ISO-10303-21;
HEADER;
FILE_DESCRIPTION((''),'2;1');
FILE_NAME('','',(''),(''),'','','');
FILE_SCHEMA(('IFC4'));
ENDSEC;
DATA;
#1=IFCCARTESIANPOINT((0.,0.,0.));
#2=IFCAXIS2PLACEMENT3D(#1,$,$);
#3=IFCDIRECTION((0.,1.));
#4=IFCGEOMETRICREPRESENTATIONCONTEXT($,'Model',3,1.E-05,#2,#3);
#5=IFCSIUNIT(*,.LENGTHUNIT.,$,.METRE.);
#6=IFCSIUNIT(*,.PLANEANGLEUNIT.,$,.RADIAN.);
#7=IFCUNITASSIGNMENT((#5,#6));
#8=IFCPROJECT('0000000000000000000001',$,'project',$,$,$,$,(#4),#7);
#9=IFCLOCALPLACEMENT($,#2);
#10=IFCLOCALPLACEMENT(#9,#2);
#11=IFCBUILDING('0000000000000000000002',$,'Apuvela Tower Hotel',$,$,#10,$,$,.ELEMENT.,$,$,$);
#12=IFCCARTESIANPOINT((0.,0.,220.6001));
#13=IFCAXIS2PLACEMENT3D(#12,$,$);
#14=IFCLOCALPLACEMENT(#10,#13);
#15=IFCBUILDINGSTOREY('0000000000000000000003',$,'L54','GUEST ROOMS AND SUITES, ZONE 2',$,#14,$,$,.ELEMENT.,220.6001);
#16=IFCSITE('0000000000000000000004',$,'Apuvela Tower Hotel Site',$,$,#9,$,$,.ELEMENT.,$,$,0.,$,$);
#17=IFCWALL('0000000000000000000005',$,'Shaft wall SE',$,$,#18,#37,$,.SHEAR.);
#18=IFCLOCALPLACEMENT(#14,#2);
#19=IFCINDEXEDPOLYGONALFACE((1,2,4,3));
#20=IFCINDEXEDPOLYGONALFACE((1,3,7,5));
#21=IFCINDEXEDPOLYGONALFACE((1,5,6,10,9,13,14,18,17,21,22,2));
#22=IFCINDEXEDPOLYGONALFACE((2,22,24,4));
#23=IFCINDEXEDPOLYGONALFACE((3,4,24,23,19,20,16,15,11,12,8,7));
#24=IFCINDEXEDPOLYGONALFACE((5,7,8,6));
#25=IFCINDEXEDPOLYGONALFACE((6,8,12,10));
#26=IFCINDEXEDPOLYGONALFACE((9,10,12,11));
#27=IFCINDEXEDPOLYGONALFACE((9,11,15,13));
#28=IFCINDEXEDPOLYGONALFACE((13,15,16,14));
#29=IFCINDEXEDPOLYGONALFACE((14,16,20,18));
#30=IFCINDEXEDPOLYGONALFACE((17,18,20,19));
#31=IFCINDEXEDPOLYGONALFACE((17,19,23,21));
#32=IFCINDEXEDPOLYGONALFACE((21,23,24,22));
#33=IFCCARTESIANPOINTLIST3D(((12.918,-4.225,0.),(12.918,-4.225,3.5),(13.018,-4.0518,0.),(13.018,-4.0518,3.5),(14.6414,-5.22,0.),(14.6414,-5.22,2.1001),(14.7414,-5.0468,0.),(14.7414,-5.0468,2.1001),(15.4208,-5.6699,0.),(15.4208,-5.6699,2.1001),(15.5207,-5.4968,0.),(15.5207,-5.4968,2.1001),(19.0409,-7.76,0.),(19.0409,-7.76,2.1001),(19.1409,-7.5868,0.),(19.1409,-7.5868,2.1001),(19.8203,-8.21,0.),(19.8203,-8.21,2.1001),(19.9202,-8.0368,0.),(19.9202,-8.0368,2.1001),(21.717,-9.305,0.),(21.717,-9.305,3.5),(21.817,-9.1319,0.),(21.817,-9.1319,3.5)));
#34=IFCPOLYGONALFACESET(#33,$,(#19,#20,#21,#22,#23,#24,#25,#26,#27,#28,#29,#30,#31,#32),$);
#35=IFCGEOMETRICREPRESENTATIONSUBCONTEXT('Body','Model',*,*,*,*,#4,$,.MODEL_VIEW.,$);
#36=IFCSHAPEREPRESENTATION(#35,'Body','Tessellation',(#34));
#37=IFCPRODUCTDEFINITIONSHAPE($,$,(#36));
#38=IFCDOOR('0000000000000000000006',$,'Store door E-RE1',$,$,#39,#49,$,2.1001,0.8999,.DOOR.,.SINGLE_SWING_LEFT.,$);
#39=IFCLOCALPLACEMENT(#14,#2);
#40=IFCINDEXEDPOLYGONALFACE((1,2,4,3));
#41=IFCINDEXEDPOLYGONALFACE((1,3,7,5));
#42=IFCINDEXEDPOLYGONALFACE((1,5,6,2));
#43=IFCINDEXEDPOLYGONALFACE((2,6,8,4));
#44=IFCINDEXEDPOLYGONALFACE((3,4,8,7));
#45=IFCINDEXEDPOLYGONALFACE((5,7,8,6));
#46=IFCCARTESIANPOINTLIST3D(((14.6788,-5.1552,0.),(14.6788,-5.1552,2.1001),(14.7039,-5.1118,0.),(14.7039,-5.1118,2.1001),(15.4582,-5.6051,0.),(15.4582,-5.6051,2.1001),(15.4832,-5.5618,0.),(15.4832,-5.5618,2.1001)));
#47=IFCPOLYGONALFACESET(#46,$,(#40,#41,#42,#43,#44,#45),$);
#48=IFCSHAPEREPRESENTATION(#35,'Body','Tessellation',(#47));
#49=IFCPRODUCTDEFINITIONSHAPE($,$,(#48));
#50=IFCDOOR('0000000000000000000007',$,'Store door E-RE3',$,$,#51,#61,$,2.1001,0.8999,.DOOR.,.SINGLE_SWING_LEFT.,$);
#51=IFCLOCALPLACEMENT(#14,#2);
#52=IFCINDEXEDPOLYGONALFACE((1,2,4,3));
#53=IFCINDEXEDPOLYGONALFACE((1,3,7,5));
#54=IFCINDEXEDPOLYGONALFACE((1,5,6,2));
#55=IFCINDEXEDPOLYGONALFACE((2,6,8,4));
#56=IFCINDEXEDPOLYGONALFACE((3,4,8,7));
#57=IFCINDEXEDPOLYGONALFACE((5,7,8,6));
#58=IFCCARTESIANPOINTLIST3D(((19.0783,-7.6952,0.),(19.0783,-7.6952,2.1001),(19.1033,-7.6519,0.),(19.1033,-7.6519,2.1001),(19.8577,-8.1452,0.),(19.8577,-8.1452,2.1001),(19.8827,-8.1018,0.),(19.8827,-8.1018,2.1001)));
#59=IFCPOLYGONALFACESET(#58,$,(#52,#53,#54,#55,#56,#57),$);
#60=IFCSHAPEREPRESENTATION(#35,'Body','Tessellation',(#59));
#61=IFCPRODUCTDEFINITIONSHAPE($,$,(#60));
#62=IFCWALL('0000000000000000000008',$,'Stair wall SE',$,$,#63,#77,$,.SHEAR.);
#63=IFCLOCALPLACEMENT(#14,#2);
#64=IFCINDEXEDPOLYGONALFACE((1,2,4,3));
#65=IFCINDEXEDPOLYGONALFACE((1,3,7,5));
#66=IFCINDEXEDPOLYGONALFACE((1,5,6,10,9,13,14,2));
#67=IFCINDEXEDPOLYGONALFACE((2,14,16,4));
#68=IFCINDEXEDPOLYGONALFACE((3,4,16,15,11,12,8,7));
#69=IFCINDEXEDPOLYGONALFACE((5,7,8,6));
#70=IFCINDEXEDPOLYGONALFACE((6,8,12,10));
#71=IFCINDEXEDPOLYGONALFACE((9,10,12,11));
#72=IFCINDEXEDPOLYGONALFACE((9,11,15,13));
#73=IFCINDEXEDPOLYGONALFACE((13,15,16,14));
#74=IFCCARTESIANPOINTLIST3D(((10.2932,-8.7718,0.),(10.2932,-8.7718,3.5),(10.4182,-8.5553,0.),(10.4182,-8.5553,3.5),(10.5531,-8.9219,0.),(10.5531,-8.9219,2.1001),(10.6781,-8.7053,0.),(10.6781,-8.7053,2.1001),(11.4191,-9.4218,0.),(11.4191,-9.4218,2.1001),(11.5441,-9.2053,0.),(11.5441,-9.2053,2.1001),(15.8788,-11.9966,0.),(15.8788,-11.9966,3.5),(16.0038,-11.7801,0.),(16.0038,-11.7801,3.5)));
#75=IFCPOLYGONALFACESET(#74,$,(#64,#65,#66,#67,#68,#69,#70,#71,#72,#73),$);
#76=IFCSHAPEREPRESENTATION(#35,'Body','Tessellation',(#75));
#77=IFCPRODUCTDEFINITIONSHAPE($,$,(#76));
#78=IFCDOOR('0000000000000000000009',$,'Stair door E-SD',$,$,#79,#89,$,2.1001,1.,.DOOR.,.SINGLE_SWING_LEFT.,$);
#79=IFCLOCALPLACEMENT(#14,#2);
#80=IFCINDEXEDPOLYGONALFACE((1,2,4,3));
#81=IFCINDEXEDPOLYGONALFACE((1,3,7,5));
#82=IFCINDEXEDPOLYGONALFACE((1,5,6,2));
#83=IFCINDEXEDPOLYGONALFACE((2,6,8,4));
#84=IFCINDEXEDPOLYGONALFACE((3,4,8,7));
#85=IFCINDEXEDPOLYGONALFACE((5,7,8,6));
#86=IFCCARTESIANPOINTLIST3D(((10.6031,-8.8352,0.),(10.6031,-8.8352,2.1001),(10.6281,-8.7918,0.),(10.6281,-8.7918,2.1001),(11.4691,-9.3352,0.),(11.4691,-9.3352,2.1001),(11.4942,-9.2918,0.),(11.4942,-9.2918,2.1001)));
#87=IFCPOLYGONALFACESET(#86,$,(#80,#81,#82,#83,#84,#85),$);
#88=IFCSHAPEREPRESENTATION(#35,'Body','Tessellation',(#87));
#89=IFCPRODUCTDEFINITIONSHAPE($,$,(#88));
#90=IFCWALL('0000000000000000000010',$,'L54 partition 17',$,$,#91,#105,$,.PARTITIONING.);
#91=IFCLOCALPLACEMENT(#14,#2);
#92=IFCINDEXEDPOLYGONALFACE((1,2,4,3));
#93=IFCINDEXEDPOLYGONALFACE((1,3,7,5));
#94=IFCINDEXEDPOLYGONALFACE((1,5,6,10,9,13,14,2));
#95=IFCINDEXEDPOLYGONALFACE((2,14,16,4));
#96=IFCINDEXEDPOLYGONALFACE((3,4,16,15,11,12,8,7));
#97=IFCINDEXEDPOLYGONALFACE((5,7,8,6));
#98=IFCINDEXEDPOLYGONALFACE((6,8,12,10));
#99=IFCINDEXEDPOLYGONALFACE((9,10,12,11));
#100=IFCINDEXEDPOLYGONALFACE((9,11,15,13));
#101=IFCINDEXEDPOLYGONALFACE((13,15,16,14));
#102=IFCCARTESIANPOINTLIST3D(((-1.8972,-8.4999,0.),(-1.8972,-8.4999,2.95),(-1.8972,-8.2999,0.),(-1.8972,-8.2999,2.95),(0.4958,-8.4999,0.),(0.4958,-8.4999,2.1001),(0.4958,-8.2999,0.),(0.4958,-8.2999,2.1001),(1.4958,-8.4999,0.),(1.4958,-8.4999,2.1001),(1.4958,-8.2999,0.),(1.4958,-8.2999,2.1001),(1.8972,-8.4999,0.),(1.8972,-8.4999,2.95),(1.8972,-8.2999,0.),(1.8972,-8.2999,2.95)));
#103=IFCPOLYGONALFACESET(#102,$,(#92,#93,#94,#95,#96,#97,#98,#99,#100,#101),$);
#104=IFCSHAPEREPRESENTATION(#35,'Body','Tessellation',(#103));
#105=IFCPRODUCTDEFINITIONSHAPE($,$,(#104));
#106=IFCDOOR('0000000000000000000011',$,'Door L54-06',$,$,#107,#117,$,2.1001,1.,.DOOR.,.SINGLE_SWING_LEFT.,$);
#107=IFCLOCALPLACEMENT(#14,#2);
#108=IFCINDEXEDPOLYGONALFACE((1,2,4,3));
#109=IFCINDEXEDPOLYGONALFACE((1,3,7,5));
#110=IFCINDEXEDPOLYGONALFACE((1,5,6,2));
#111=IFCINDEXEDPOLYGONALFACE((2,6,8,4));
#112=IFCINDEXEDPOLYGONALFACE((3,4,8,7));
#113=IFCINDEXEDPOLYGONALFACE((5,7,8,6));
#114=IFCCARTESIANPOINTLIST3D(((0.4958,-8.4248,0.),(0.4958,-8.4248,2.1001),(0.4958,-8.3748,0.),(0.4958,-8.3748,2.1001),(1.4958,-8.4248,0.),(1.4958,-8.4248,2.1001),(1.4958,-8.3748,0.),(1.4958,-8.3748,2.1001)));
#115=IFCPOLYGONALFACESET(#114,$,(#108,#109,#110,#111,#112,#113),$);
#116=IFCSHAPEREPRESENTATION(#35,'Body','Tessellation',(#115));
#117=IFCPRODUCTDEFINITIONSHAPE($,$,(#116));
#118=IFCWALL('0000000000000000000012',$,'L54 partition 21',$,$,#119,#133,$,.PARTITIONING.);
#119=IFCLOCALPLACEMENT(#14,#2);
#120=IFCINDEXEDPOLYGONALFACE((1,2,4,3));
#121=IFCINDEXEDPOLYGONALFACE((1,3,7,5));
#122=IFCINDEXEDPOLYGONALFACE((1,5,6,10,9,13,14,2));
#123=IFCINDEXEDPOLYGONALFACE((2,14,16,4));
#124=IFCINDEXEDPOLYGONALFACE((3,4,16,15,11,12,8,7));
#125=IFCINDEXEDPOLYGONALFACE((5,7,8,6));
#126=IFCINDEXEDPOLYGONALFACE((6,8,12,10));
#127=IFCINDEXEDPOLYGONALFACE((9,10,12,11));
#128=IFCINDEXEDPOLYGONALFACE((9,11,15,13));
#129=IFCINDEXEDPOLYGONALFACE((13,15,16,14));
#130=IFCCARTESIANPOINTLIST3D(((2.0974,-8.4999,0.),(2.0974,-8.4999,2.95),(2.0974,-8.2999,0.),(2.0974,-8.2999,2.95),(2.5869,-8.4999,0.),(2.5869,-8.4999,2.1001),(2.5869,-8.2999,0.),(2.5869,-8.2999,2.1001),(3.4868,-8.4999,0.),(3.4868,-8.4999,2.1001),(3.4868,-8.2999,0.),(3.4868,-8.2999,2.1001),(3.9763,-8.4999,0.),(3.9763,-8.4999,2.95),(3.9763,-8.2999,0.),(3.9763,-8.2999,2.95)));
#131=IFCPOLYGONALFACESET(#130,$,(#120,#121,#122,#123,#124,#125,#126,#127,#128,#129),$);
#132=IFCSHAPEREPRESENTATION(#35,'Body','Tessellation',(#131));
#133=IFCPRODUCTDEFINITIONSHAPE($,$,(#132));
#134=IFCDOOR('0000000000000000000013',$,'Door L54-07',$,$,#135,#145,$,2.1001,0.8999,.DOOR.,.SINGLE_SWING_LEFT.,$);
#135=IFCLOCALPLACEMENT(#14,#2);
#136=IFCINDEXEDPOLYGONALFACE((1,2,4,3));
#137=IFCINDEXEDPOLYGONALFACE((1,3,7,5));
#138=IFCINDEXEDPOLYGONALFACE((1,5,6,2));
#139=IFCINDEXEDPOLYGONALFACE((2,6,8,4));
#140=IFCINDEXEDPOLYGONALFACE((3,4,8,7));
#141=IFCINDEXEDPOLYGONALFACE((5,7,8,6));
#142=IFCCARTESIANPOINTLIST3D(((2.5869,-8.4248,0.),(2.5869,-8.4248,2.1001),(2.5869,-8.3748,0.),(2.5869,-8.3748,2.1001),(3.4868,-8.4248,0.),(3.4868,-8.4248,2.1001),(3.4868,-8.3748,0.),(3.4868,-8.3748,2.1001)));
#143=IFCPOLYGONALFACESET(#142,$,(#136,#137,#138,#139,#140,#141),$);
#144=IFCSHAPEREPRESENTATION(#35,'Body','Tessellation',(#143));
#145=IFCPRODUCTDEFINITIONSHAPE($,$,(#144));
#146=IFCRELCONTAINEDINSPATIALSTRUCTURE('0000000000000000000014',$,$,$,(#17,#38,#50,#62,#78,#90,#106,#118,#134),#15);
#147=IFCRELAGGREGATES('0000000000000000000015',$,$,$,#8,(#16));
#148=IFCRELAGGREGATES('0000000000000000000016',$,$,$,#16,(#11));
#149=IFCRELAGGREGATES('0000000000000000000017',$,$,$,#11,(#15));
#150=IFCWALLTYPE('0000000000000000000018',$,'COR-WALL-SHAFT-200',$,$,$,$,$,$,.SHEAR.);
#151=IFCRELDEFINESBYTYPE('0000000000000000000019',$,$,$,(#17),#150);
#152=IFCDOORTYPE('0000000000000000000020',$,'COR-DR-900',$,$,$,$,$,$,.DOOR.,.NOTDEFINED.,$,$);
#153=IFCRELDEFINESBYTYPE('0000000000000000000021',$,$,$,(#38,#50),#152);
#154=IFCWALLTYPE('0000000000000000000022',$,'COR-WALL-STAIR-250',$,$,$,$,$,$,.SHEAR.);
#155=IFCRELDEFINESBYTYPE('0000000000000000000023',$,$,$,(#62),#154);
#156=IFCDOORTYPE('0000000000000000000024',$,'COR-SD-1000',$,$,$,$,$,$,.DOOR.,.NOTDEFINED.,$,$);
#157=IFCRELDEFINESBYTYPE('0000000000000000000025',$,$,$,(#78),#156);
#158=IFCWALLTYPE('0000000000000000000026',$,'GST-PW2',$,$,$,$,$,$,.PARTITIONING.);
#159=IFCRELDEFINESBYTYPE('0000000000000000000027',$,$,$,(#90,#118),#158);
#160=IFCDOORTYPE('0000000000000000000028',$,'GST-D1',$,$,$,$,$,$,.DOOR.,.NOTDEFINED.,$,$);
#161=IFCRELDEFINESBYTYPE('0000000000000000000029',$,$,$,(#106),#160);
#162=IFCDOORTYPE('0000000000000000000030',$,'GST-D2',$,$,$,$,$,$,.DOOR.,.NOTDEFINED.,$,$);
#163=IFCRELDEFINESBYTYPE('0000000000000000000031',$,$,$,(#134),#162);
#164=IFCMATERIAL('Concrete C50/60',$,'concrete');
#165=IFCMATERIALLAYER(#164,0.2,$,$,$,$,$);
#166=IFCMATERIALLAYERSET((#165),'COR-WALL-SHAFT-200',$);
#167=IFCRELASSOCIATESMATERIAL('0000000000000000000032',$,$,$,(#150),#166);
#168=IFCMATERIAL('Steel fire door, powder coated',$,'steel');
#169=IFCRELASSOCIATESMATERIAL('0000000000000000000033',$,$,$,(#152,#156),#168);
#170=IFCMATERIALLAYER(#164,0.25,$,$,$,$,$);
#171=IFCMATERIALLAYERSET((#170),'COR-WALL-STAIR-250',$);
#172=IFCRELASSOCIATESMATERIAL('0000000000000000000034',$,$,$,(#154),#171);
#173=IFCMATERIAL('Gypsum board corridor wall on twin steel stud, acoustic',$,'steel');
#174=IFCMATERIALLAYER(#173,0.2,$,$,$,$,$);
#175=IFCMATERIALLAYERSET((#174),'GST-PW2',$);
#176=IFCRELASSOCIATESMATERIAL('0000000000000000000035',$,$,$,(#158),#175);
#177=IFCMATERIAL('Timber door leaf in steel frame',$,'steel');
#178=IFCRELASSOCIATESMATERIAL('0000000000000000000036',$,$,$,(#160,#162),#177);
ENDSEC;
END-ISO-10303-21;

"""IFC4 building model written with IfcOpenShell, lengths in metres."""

from ifc_helpers import new_model, si_unit, direction, frame, frame_2d, origin, place, context, subcontext, project, spatial, rectangle, extrude, material, layer, layer_set, type_object, element, fill, save


model = new_model("IFC4")

# Units and contexts
model_context = context("Model", 3, precision=1e-05, world=origin(), true_north=direction((0.0, 1.0)))
body_context = subcontext(model_context, "Body", "Model", "MODEL_VIEW")
ifc_project = project(units=[si_unit("LENGTHUNIT", "METRE"), si_unit("PLANEANGLEUNIT", "RADIAN")], contexts=[model_context])

# Site, building, storey
site_placement = place(None, origin())
site = spatial("IfcSite", under=ifc_project, at=site_placement, Name="Apuvela Tower Hotel Site", CompositionType="ELEMENT", RefElevation=0.0)
building_placement = place(site_placement, origin())
building = spatial("IfcBuilding", under=site, at=building_placement, Name="Apuvela Tower Hotel", CompositionType="ELEMENT")
storey_placement = place(building_placement, frame((0.0, 0.0, 220.6001)))
storey = spatial("IfcBuildingStorey", under=building, at=storey_placement, Name="L54", Description="GUEST ROOMS AND SUITES, ZONE 2", CompositionType="ELEMENT", Elevation=220.6001)

# Shared definitions
ifc_material_1 = material(Name="Concrete C50/60", Category="concrete")
ifc_material_2 = material(Name="Steel fire door, powder coated", Category="steel")

# Shared definitions
ifc_layer_1 = layer(ifc_material_1, 0.2)
ifc_layer_set_1 = layer_set([ifc_layer_1], Name="COR-WALL-SHAFT-200")
wall_type_1 = type_object("IfcWallType", Name="COR-WALL-SHAFT-200", PredefinedType="SHEAR", material=ifc_layer_set_1)

# Wall, openings, doors
wall_1_placement = place(storey_placement, frame((12.968, -4.1384, 0.0), z_axis=(0.0, 0.0, 1.0), x_axis=(0.866028, -0.499995, 0.0)))
wall_1 = element("IfcWall", 1, at=wall_1_placement, inside=storey, type_object=wall_type_1, Name="Shaft wall SE", PredefinedType="SHEAR", context=body_context, shape_type="SweptSolid", body=[
    extrude(rectangle(XDim=10.1602, YDim=0.2, at=frame_2d((5.0801, 0.0))), origin(), (0.0, 0.0, 1.0), 3.5),
])
opening_1_placement = place(wall_1_placement, frame((1.99, 0.0, 0.0)))
opening_1 = element("IfcOpeningElement", 2, at=opening_1_placement, cuts=wall_1, PredefinedType="OPENING", context=body_context, shape_type="SweptSolid", body=[
    extrude(rectangle(XDim=0.8999, YDim=2.1001, at=frame_2d((0.45, 1.05))), frame((0.0, 0.1099, 0.0), z_axis=(0.0, -1.0, 0.0), x_axis=(1.0, 0.0, 0.0)), (0.0, 0.0, 1.0), 0.22),
])
opening_2_placement = place(wall_1_placement, frame((7.0701, 0.0, 0.0)))
opening_2 = element("IfcOpeningElement", 3, at=opening_2_placement, cuts=wall_1, PredefinedType="OPENING", context=body_context, shape_type="SweptSolid", body=[
    extrude(rectangle(XDim=0.8999, YDim=2.1001, at=frame_2d((0.45, 1.05))), frame((0.0, 0.1099, 0.0), z_axis=(0.0, -1.0, 0.0), x_axis=(1.0, 0.0, 0.0)), (0.0, 0.0, 1.0), 0.22),
])
door_type_1 = type_object("IfcDoorType", Name="COR-DR-900", OperationType="NOTDEFINED", PredefinedType="DOOR", material=ifc_material_2)
door_1_placement = place(opening_1_placement, origin())
door_1 = element("IfcDoor", 4, at=door_1_placement, inside=storey, type_object=door_type_1, Name="Store door E-RE1", OperationType="SINGLE_SWING_LEFT", OverallHeight=2.1001, OverallWidth=0.8999, PredefinedType="DOOR", context=body_context, shape_type="SweptSolid", body=[
    extrude(rectangle(XDim=0.8999, YDim=2.1001, at=frame_2d((0.45, 1.05))), frame((0.0, 0.0249, 0.0), z_axis=(0.0, -1.0, 0.0), x_axis=(1.0, 0.0, 0.0)), (0.0, 0.0, 1.0), 0.05),
])
fill(opening_1, door_1)
door_2_placement = place(opening_2_placement, origin())
door_2 = element("IfcDoor", 5, at=door_2_placement, inside=storey, type_object=door_type_1, Name="Store door E-RE3", OperationType="SINGLE_SWING_LEFT", OverallHeight=2.1001, OverallWidth=0.8999, PredefinedType="DOOR", context=body_context, shape_type="SweptSolid", body=[
    extrude(rectangle(XDim=0.8999, YDim=2.1001, at=frame_2d((0.45, 1.05))), frame((0.0, 0.0249, 0.0), z_axis=(0.0, -1.0, 0.0), x_axis=(1.0, 0.0, 0.0)), (0.0, 0.0, 1.0), 0.05),
])
fill(opening_2, door_2)

# Walls, openings, doors
ifc_layer_2 = layer(ifc_material_1, 0.25)
ifc_layer_set_2 = layer_set([ifc_layer_2], Name="COR-WALL-STAIR-250")
wall_type_2 = type_object("IfcWallType", Name="COR-WALL-STAIR-250", PredefinedType="SHEAR", material=ifc_layer_set_2)
wall_2_placement = place(storey_placement, frame((10.3557, -8.6636, 0.0), z_axis=(0.0, 0.0, 1.0), x_axis=(0.866029, -0.499994, 0.0)))
wall_2 = element("IfcWall", 6, at=wall_2_placement, inside=storey, type_object=wall_type_2, Name="Stair wall SE", PredefinedType="SHEAR", context=body_context, shape_type="SweptSolid", body=[
    extrude(rectangle(XDim=6.4497, YDim=0.25, at=frame_2d((3.2249, 0.0))), origin(), (0.0, 0.0, 1.0), 3.5),
])
opening_3_placement = place(wall_2_placement, frame((0.3, 0.0, 0.0)))
opening_3 = element("IfcOpeningElement", 7, at=opening_3_placement, cuts=wall_2, PredefinedType="OPENING", context=body_context, shape_type="SweptSolid", body=[
    extrude(rectangle(XDim=1.0, YDim=2.1001, at=frame_2d((0.5, 1.05))), frame((0.0, 0.135, 0.0), z_axis=(0.0, -1.0, 0.0), x_axis=(1.0, 0.0, 0.0)), (0.0, 0.0, 1.0), 0.27),
])
door_type_2 = type_object("IfcDoorType", Name="COR-SD-1000", OperationType="NOTDEFINED", PredefinedType="DOOR", material=ifc_material_2)
door_3_placement = place(opening_3_placement, frame((1.0, 0.0, 0.0), z_axis=(0.0, 0.0, 1.0), x_axis=(-1.0, 0.0, 0.0)))
door_3 = element("IfcDoor", 8, at=door_3_placement, inside=storey, type_object=door_type_2, Name="Stair door E-SD", OperationType="SINGLE_SWING_LEFT", OverallHeight=2.1001, OverallWidth=1.0, PredefinedType="DOOR", context=body_context, shape_type="SweptSolid", body=[
    extrude(rectangle(XDim=1.0, YDim=2.1001, at=frame_2d((0.5, 1.05))), frame((0.0, 0.0249, 0.0), z_axis=(0.0, -1.0, 0.0), x_axis=(1.0, 0.0, 0.0)), (0.0, 0.0, 1.0), 0.05),
])
fill(opening_3, door_3)
ifc_material_3 = material(Name="Gypsum board corridor wall on twin steel stud, acoustic", Category="steel")
ifc_layer_3 = layer(ifc_material_3, 0.2)
ifc_layer_set_3 = layer_set([ifc_layer_3], Name="GST-PW2")
wall_type_3 = type_object("IfcWallType", Name="GST-PW2", PredefinedType="PARTITIONING", material=ifc_layer_set_3)
wall_3_placement = place(storey_placement, frame((1.8972, -8.3999, 0.0), z_axis=(0.0, 0.0, 1.0), x_axis=(-1.0, 0.0, 0.0)))
wall_3 = element("IfcWall", 9, at=wall_3_placement, inside=storey, type_object=wall_type_3, Name="L54 partition 17", PredefinedType="PARTITIONING", context=body_context, shape_type="SweptSolid", body=[
    extrude(rectangle(XDim=3.7944, YDim=0.2, at=frame_2d((1.8972, 0.0))), origin(), (0.0, 0.0, 1.0), 2.95),
])
opening_4_placement = place(wall_3_placement, frame((0.4014, 0.0, 0.0)))
opening_4 = element("IfcOpeningElement", 10, at=opening_4_placement, cuts=wall_3, PredefinedType="OPENING", context=body_context, shape_type="SweptSolid", body=[
    extrude(rectangle(XDim=1.0, YDim=2.1001, at=frame_2d((0.5, 1.05))), frame((0.0, 0.1099, 0.0), z_axis=(0.0, -1.0, 0.0), x_axis=(1.0, 0.0, 0.0)), (0.0, 0.0, 1.0), 0.22),
])
ifc_material_4 = material(Name="Timber door leaf in steel frame", Category="steel")
door_type_3 = type_object("IfcDoorType", Name="GST-D1", OperationType="NOTDEFINED", PredefinedType="DOOR", material=ifc_material_4)
door_4_placement = place(opening_4_placement, origin())
door_4 = element("IfcDoor", 11, at=door_4_placement, inside=storey, type_object=door_type_3, Name="Door L54-06", OperationType="SINGLE_SWING_LEFT", OverallHeight=2.1001, OverallWidth=1.0, PredefinedType="DOOR", context=body_context, shape_type="SweptSolid", body=[
    extrude(rectangle(XDim=1.0, YDim=2.1001, at=frame_2d((0.5, 1.05))), frame((0.0, 0.0249, 0.0), z_axis=(0.0, -1.0, 0.0), x_axis=(1.0, 0.0, 0.0)), (0.0, 0.0, 1.0), 0.05),
])
fill(opening_4, door_4)
wall_4_placement = place(storey_placement, frame((3.9763, -8.3999, 0.0), z_axis=(0.0, 0.0, 1.0), x_axis=(-1.0, 0.0, 0.0)))
wall_4 = element("IfcWall", 12, at=wall_4_placement, inside=storey, type_object=wall_type_3, Name="L54 partition 21", PredefinedType="PARTITIONING", context=body_context, shape_type="SweptSolid", body=[
    extrude(rectangle(XDim=1.8789, YDim=0.2, at=frame_2d((0.9395, 0.0))), origin(), (0.0, 0.0, 1.0), 2.95),
])
opening_5_placement = place(wall_4_placement, frame((0.4895, 0.0, 0.0)))
opening_5 = element("IfcOpeningElement", 13, at=opening_5_placement, cuts=wall_4, PredefinedType="OPENING", context=body_context, shape_type="SweptSolid", body=[
    extrude(rectangle(XDim=0.8999, YDim=2.1001, at=frame_2d((0.45, 1.05))), frame((0.0, 0.1099, 0.0), z_axis=(0.0, -1.0, 0.0), x_axis=(1.0, 0.0, 0.0)), (0.0, 0.0, 1.0), 0.22),
])
door_type_4 = type_object("IfcDoorType", Name="GST-D2", OperationType="NOTDEFINED", PredefinedType="DOOR", material=ifc_material_4)
door_5_placement = place(opening_5_placement, origin())
door_5 = element("IfcDoor", 14, at=door_5_placement, inside=storey, type_object=door_type_4, Name="Door L54-07", OperationType="SINGLE_SWING_LEFT", OverallHeight=2.1001, OverallWidth=0.8999, PredefinedType="DOOR", context=body_context, shape_type="SweptSolid", body=[
    extrude(rectangle(XDim=0.8999, YDim=2.1001, at=frame_2d((0.45, 1.05))), frame((0.0, 0.0249, 0.0), z_axis=(0.0, -1.0, 0.0), x_axis=(1.0, 0.0, 0.0)), (0.0, 0.0, 1.0), 0.05),
])
fill(opening_5, door_5)

save(model, "model.ifc")
